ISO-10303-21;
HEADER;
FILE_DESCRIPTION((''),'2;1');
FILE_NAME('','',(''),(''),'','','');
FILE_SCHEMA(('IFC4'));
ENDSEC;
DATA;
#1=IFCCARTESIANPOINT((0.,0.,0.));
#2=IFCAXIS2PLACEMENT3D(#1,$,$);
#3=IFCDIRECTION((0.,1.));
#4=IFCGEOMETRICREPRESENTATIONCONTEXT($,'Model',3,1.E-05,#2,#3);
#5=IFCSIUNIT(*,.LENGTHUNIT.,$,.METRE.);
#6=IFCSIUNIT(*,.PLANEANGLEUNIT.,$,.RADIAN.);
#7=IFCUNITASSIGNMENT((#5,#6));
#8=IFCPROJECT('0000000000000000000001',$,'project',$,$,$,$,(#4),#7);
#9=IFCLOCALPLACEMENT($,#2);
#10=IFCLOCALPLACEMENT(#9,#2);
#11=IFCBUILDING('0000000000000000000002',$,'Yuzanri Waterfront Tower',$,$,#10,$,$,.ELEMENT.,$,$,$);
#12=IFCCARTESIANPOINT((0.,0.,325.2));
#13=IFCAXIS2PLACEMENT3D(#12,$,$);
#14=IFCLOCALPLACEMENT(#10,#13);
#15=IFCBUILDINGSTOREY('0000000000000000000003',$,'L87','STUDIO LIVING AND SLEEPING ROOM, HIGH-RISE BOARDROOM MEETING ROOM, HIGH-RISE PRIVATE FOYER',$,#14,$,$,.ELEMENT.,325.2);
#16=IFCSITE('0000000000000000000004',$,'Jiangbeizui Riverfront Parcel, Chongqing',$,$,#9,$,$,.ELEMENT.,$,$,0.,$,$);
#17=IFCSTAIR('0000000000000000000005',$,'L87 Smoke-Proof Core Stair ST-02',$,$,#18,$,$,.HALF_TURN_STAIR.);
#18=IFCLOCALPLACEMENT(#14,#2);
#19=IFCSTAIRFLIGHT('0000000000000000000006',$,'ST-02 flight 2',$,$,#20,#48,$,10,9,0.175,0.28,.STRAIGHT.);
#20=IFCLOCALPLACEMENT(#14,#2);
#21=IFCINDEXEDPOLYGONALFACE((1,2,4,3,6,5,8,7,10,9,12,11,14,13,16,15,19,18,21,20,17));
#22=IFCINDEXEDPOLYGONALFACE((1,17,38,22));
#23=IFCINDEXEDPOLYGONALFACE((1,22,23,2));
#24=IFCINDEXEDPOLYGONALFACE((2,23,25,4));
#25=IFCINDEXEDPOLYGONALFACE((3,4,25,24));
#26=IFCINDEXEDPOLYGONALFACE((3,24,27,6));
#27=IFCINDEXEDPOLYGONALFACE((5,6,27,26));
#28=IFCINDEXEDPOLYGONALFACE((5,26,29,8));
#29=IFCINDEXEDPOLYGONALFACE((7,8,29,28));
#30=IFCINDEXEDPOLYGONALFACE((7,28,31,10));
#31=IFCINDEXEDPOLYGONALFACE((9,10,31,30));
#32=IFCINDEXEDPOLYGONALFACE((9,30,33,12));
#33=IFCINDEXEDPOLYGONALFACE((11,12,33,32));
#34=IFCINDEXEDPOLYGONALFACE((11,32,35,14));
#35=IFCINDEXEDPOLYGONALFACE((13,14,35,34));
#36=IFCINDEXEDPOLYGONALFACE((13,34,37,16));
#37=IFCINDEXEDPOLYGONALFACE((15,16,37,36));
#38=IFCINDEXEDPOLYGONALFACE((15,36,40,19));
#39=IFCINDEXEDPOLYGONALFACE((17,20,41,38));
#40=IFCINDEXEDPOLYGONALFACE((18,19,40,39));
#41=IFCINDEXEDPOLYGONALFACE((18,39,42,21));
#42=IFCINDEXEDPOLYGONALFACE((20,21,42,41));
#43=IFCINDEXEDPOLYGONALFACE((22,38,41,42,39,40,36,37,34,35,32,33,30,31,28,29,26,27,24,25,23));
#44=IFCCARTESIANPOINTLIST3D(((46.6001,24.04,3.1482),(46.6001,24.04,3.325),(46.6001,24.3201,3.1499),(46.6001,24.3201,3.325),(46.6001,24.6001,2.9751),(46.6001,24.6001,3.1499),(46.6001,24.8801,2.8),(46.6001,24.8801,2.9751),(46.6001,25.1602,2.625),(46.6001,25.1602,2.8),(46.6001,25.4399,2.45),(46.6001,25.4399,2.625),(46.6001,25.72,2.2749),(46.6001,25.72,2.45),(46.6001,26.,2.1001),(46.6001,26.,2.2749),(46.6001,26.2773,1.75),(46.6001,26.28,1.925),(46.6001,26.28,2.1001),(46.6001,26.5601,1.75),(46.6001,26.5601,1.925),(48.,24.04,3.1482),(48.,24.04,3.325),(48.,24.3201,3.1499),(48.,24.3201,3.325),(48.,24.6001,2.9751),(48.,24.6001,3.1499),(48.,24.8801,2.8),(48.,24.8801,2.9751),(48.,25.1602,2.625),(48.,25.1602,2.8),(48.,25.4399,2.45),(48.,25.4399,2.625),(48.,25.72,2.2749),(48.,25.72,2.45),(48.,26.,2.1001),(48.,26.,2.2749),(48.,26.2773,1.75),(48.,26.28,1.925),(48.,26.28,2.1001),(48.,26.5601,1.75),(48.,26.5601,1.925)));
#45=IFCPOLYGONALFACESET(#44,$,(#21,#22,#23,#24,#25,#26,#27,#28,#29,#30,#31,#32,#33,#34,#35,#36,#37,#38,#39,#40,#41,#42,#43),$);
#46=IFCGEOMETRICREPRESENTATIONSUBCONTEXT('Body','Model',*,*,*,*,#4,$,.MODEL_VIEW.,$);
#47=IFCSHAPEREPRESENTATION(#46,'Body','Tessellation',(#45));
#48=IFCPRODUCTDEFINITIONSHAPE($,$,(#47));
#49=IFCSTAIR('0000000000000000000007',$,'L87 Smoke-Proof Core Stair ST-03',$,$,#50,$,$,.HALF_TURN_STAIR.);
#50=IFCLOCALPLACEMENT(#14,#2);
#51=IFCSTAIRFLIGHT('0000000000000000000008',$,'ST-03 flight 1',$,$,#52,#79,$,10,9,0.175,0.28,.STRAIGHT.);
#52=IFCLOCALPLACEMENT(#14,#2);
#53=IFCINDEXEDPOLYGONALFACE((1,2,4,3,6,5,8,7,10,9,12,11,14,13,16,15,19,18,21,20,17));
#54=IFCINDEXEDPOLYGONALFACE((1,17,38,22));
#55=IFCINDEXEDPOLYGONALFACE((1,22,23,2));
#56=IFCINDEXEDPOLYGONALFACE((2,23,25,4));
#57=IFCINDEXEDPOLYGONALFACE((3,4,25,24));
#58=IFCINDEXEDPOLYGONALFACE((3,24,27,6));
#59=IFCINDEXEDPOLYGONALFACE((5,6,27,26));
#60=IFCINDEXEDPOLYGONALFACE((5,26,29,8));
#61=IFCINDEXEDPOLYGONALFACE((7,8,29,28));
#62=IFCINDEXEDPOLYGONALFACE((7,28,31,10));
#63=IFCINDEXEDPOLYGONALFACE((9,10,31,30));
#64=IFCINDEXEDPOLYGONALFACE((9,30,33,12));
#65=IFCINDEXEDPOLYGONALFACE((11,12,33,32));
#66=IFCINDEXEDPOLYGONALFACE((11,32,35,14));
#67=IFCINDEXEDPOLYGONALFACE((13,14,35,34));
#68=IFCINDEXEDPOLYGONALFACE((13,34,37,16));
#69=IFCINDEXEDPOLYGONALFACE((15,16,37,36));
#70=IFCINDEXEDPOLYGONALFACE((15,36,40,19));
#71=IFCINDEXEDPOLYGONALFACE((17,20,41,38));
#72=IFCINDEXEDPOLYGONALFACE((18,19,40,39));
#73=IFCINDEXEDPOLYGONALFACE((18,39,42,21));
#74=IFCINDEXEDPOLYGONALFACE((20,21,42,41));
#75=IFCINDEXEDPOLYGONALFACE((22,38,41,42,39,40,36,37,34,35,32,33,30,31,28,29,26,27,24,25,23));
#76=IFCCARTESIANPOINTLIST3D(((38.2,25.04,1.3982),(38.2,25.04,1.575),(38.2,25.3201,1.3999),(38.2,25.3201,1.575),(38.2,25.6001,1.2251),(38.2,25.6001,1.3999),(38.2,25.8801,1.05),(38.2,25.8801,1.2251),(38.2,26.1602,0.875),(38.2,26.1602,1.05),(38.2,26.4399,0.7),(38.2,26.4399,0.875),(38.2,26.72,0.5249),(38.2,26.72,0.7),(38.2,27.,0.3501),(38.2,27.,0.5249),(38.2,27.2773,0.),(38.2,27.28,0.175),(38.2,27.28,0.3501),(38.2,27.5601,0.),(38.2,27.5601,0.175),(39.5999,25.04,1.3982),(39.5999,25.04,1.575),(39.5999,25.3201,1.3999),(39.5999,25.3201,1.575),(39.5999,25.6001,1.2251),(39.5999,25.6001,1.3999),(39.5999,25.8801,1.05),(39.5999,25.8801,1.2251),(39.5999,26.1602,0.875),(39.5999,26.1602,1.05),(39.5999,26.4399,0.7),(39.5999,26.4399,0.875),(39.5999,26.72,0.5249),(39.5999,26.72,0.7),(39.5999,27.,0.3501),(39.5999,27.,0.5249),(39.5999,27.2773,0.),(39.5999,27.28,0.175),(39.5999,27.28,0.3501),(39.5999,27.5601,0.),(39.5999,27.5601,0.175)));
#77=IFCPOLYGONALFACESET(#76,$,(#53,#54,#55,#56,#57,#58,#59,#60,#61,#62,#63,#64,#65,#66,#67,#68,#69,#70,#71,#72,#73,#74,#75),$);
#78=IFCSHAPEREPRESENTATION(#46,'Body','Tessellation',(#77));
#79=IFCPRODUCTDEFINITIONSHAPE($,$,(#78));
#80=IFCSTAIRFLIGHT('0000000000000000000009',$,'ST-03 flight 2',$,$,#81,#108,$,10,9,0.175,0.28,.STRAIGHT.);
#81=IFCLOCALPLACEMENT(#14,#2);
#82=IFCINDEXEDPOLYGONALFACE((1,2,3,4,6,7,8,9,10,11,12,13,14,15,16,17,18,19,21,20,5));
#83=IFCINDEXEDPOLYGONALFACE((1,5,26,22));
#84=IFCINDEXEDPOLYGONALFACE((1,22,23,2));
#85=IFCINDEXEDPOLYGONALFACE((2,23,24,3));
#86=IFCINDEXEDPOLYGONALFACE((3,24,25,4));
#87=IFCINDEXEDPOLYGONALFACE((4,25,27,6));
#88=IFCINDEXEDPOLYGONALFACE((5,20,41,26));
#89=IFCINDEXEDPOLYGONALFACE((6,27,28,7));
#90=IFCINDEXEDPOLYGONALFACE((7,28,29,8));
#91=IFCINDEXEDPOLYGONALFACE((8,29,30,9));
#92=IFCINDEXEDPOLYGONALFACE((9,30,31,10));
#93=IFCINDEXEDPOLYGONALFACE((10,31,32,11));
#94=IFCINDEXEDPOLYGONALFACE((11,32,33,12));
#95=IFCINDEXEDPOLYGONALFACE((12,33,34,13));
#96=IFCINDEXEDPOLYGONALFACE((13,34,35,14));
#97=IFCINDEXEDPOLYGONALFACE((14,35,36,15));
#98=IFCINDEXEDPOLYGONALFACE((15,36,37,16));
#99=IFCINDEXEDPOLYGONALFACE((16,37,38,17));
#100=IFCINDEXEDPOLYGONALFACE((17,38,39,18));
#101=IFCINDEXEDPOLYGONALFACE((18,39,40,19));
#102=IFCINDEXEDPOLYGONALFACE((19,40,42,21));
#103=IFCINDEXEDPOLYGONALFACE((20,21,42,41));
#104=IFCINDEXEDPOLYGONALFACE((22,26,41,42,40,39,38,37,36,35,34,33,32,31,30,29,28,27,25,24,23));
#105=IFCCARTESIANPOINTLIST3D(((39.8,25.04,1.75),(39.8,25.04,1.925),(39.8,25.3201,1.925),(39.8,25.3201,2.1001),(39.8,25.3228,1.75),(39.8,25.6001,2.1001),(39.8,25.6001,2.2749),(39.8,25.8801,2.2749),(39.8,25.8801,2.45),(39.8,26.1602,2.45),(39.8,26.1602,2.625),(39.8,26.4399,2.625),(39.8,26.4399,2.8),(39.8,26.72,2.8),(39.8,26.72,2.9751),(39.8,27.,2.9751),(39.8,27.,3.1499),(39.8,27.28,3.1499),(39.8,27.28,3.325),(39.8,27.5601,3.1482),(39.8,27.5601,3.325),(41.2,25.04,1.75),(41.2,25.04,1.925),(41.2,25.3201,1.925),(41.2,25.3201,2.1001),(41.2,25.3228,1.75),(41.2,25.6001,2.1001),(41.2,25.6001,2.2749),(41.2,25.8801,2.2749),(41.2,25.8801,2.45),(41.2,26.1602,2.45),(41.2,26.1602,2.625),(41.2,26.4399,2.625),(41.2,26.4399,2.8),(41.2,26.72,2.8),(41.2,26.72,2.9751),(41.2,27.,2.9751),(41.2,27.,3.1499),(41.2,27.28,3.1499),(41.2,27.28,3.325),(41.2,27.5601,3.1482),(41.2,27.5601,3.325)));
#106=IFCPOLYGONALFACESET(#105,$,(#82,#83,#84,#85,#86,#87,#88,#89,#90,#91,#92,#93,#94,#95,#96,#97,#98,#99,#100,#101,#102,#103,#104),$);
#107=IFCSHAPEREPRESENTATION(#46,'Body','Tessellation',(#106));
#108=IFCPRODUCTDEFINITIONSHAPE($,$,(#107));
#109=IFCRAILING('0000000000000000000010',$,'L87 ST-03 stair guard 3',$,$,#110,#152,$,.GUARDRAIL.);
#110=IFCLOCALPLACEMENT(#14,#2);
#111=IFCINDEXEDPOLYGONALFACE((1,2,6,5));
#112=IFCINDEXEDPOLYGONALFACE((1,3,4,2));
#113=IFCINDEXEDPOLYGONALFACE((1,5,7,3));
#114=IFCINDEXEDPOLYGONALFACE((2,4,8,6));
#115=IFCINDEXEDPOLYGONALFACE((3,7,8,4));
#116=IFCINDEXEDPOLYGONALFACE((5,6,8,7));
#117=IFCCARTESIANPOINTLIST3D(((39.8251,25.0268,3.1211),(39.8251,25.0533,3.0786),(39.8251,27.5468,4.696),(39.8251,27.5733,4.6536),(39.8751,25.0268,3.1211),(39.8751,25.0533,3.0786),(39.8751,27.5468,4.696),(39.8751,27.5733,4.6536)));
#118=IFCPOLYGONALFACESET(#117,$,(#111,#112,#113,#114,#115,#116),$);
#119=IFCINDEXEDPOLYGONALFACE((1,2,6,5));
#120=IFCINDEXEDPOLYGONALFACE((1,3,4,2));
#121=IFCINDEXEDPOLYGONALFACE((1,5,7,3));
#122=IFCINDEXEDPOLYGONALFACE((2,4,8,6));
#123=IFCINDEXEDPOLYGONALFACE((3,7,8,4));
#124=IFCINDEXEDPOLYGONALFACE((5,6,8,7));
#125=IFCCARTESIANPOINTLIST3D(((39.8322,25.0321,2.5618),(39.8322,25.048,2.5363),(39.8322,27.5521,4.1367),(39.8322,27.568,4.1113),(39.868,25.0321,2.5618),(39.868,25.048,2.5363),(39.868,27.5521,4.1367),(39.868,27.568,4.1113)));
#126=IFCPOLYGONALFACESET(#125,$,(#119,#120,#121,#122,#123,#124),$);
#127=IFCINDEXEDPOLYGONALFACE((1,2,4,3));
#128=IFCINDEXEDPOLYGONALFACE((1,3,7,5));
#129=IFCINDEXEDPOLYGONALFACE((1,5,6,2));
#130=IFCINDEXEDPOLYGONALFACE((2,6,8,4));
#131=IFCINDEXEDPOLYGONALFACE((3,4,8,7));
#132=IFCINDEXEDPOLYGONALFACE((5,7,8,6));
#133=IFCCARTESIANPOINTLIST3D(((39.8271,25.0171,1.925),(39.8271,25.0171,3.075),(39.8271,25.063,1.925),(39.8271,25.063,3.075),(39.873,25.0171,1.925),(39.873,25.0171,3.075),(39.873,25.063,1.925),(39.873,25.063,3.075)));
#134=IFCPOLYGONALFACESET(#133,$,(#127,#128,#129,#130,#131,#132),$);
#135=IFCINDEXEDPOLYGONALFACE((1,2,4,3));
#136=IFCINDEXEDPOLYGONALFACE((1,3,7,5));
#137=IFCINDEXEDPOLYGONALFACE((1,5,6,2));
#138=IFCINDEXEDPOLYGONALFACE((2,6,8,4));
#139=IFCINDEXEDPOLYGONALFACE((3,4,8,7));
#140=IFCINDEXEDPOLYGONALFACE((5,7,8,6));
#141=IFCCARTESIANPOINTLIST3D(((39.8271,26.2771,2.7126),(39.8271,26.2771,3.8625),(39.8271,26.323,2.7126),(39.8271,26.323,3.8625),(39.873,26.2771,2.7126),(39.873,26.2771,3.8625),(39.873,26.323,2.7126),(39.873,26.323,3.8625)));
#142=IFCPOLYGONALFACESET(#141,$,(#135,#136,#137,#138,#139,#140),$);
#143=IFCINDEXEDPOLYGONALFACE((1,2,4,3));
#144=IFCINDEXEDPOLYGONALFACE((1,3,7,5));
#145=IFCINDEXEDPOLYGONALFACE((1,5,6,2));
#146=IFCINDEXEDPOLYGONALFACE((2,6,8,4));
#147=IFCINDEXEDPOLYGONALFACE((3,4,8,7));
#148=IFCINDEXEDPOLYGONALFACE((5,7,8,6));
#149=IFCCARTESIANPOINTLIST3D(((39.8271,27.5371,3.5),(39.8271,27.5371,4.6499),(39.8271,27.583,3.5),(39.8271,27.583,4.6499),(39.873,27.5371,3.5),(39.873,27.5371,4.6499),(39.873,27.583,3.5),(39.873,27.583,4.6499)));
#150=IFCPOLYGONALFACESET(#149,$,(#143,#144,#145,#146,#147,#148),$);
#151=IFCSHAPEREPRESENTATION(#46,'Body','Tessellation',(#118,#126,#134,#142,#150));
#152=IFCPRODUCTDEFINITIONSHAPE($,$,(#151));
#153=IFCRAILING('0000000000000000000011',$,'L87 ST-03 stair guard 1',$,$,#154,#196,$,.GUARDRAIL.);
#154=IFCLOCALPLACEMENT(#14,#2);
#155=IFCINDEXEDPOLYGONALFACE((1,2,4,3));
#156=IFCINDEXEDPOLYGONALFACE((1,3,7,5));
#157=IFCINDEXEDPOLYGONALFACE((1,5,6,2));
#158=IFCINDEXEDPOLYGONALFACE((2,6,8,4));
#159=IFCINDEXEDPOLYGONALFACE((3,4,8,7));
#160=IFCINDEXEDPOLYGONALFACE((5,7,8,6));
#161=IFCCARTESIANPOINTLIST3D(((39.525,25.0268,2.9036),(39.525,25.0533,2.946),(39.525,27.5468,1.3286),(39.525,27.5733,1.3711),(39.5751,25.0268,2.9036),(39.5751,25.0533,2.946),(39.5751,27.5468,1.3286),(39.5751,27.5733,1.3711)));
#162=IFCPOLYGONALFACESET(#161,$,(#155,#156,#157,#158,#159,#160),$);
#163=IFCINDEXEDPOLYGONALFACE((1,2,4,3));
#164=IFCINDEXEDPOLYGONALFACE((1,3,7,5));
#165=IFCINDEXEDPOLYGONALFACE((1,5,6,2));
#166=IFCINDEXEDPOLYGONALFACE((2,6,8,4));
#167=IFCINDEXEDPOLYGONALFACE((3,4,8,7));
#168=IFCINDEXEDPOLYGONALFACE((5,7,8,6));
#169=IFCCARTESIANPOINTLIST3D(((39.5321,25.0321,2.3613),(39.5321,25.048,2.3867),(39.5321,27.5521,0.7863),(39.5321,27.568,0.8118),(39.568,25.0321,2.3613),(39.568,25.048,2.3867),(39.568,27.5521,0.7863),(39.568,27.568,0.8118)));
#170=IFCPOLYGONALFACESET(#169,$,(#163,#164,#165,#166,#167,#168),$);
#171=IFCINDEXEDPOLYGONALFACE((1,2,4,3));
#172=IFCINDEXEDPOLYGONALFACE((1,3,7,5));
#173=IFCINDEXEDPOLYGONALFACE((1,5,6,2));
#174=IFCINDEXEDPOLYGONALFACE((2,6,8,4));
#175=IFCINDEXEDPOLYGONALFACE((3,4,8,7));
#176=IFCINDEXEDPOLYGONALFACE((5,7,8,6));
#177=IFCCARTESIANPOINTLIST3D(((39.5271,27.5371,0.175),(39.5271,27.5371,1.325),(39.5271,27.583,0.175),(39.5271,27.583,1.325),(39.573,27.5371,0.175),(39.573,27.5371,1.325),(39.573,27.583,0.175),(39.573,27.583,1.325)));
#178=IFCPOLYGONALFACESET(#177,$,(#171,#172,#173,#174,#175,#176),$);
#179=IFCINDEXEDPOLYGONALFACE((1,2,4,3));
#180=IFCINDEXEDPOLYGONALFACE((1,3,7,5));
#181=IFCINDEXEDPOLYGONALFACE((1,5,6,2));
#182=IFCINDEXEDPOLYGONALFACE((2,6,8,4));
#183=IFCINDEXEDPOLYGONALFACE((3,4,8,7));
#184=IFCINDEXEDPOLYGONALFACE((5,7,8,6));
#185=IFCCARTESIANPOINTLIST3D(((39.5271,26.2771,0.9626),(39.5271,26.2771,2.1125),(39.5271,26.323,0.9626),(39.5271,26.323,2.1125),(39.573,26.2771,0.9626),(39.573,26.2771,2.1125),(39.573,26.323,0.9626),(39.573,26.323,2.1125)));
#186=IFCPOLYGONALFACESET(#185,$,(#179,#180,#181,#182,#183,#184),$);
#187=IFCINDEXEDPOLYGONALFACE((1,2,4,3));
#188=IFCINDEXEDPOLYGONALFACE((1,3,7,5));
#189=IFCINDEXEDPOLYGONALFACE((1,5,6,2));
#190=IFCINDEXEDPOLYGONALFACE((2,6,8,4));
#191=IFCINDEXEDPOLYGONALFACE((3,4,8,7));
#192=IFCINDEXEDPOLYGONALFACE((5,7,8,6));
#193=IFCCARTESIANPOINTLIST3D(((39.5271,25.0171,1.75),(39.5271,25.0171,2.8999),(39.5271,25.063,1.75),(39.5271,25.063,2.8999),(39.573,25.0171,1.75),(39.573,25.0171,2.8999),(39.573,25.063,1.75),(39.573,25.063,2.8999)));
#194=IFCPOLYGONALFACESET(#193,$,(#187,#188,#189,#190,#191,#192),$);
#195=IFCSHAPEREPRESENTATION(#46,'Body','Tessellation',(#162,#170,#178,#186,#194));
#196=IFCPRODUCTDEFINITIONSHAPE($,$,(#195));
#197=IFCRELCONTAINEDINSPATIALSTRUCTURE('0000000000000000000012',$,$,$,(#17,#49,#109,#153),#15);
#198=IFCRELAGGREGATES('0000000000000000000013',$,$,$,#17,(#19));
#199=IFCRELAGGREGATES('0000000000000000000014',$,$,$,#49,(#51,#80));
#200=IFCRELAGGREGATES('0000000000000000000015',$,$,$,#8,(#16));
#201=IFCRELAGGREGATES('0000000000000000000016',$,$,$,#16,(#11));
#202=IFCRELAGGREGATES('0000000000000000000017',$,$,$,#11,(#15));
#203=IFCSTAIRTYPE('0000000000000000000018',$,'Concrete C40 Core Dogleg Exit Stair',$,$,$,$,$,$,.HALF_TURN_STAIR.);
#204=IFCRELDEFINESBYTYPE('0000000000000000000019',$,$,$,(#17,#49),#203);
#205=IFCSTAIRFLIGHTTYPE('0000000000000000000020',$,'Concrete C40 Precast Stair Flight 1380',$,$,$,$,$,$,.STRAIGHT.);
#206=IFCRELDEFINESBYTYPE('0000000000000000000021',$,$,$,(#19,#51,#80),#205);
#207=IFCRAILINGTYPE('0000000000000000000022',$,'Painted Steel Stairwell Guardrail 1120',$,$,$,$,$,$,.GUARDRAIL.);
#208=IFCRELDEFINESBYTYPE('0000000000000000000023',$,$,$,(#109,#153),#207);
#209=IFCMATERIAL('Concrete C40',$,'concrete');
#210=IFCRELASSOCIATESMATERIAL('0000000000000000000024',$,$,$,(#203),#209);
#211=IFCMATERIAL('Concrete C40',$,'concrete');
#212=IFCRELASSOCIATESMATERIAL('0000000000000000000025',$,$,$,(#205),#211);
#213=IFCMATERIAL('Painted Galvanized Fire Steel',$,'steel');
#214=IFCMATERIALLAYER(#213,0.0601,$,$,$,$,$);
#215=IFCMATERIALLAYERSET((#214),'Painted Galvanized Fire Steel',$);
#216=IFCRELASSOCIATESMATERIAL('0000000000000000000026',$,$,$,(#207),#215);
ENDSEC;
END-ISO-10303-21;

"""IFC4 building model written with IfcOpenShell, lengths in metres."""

from ifc_helpers import new_model, si_unit, direction, frame, origin, origin_2d, place, context, subcontext, project, spatial, polyline, rectangle, outline, extrude, source, transform, mapped, material, layer, layer_set, type_object, element, aggregate, save


model = new_model("IFC4")

# Units and contexts
model_context = context("Model", 3, precision=1e-05, world=origin(), true_north=direction((0.0, 1.0)))
body_context = subcontext(model_context, "Body", "Model", "MODEL_VIEW")
ifc_project = project(units=[si_unit("LENGTHUNIT", "METRE"), si_unit("PLANEANGLEUNIT", "RADIAN")], contexts=[model_context])

# Site, building, storey
site_placement = place(None, origin())
site = spatial("IfcSite", under=ifc_project, at=site_placement, Name="Jiangbeizui Riverfront Parcel, Chongqing", CompositionType="ELEMENT", RefElevation=0.0)
building_placement = place(site_placement, origin())
building = spatial("IfcBuilding", under=site, at=building_placement, Name="Yuzanri Waterfront Tower", CompositionType="ELEMENT")
storey_placement = place(building_placement, frame((0.0, 0.0, 325.2)))
storey = spatial("IfcBuildingStorey", under=building, at=storey_placement, Name="L87", Description="STUDIO LIVING AND SLEEPING ROOM, HIGH-RISE BOARDROOM MEETING ROOM, HIGH-RISE PRIVATE FOYER", CompositionType="ELEMENT", Elevation=325.2)

# Stair, stair flight
ifc_material_1 = material(Name="Concrete C40", Category="concrete")
stair_type = type_object("IfcStairType", Name="Concrete C40 Core Dogleg Exit Stair", PredefinedType="HALF_TURN_STAIR", material=ifc_material_1)
stair_1_placement = place(storey_placement, origin())
stair_1 = element("IfcStair", 1, at=stair_1_placement, inside=storey, type_object=stair_type, Name="L87 Smoke-Proof Core Stair ST-02", PredefinedType="HALF_TURN_STAIR")
ifc_material_2 = material(Name="Concrete C40", Category="concrete")
stair_flight_type = type_object("IfcStairFlightType", Name="Concrete C40 Precast Stair Flight 1380", PredefinedType="STRAIGHT", material=ifc_material_2)
shared_shape_1 = source(origin(), body_context, "Body", "SweptSolid", [
    extrude(outline(polyline([(0.0, 0.0), (0.0, 0.175), (0.28, 0.175), (0.28, 0.3501), (0.5601, 0.3501), (0.5601, 0.5249), (0.8401, 0.5249), (0.8401, 0.7), (1.1201, 0.7), (1.1201, 0.875), (1.3999, 0.875), (1.3999, 1.05), (1.6799, 1.05), (1.6799, 1.2251), (1.96, 1.2251), (1.96, 1.3999), (2.24, 1.3999), (2.24, 1.575), (2.52, 1.575), (2.52, 1.75), (2.52, 1.3982), (0.2827, 0.0), (0.0, 0.0)])), frame((0.0, 0.7, 0.0), z_axis=(0.0, -1.0, 0.0), x_axis=(1.0, 0.0, 0.0)), (0.0, 0.0, 1.0), 1.3999),
])
stair_flight_1_placement = place(storey_placement, frame((47.3, 26.5601, 1.75), z_axis=(0.0, 0.0, 1.0), x_axis=(0.0, -1.0, 0.0)))
stair_flight_1 = element("IfcStairFlight", 2, at=stair_flight_1_placement, type_object=stair_flight_type, Name="ST-02 flight 2", NumberOfRisers=10, NumberOfTreads=9, PredefinedType="STRAIGHT", RiserHeight=0.175, TreadLength=0.28, context=body_context, shape_type="MappedRepresentation", body=[
    mapped(shared_shape_1, transform((0.0, 0.0, 0.0), scale=1.0)),
])
aggregate(stair_1, [stair_flight_1])

# Stair, stair flights
stair_2_placement = place(storey_placement, origin())
stair_2 = element("IfcStair", 3, at=stair_2_placement, inside=storey, type_object=stair_type, Name="L87 Smoke-Proof Core Stair ST-03", PredefinedType="HALF_TURN_STAIR")
stair_flight_2_placement = place(storey_placement, frame((38.8999, 27.5601, 0.0), z_axis=(0.0, 0.0, 1.0), x_axis=(0.0, -1.0, 0.0)))
stair_flight_2 = element("IfcStairFlight", 4, at=stair_flight_2_placement, type_object=stair_flight_type, Name="ST-03 flight 1", NumberOfRisers=10, NumberOfTreads=9, PredefinedType="STRAIGHT", RiserHeight=0.175, TreadLength=0.28, context=body_context, shape_type="MappedRepresentation", body=[
    mapped(shared_shape_1, transform((0.0, 0.0, 0.0), scale=1.0)),
])
stair_flight_3_placement = place(storey_placement, frame((40.5, 25.04, 1.75), z_axis=(0.0, 0.0, 1.0), x_axis=(0.0, 1.0, 0.0)))
stair_flight_3 = element("IfcStairFlight", 5, at=stair_flight_3_placement, type_object=stair_flight_type, Name="ST-03 flight 2", NumberOfRisers=10, NumberOfTreads=9, PredefinedType="STRAIGHT", RiserHeight=0.175, TreadLength=0.28, context=body_context, shape_type="MappedRepresentation", body=[
    mapped(shared_shape_1, transform((0.0, 0.0, 0.0), scale=1.0)),
])
aggregate(stair_2, [stair_flight_2, stair_flight_3])

# Railings
ifc_material_3 = material(Name="Painted Galvanized Fire Steel", Category="steel")
ifc_layer_1 = layer(ifc_material_3, 0.0601)
ifc_layer_set_1 = layer_set([ifc_layer_1], Name="Painted Galvanized Fire Steel")
railing_type_1 = type_object("IfcRailingType", Name="Painted Steel Stairwell Guardrail 1120", PredefinedType="GUARDRAIL", material=ifc_layer_set_1)
shared_shape_2 = source(origin(), body_context, "Body", "SweptSolid", [
    extrude(rectangle(XDim=0.05, YDim=0.05, at=origin_2d()), frame((0.0, 0.0, 1.1748), z_axis=(0.0, 0.848008, 0.529984), x_axis=(-1.0, 0.0, 0.0)), (0.0, 0.0, 1.0), 2.9717),
    extrude(rectangle(XDim=0.0359, YDim=0.03, at=origin_2d()), frame((0.0, 0.0, 0.624), z_axis=(0.0, 0.848008, 0.529984), x_axis=(-1.0, 0.0, 0.0)), (0.0, 0.0, 1.0), 2.9717),
    extrude(rectangle(XDim=0.0459, YDim=0.0459, at=origin_2d()), origin(), (0.0, 0.0, 1.0), 1.1499),
    extrude(rectangle(XDim=0.0459, YDim=0.0459, at=origin_2d()), frame((0.0, 1.26, 0.7876)), (0.0, 0.0, 1.0), 1.1499),
    extrude(rectangle(XDim=0.0459, YDim=0.0459, at=origin_2d()), frame((0.0, 2.52, 1.575)), (0.0, 0.0, 1.0), 1.1499),
])
railing_1_placement = place(storey_placement, frame((39.8501, 25.04, 1.925)))
element("IfcRailing", 6, at=railing_1_placement, inside=storey, type_object=railing_type_1, Name="L87 ST-03 stair guard 3", PredefinedType="GUARDRAIL", context=body_context, shape_type="MappedRepresentation", body=[
    mapped(shared_shape_2, transform((0.0, 0.0, 0.0), scale=1.0)),
])
shared_shape_3 = source(origin(), body_context, "Body", "SweptSolid", [
    extrude(rectangle(XDim=0.05, YDim=0.05, at=origin_2d()), frame((0.0, 0.0, 1.1748), z_axis=(0.0, -0.848008, 0.529984), x_axis=(1.0, 0.0, 0.0)), (0.0, 0.0, 1.0), 2.9717),
    extrude(rectangle(XDim=0.0359, YDim=0.03, at=origin_2d()), frame((0.0, 0.0, 0.624), z_axis=(0.0, -0.848008, 0.529984), x_axis=(1.0, 0.0, 0.0)), (0.0, 0.0, 1.0), 2.9717),
    extrude(rectangle(XDim=0.0459, YDim=0.0459, at=origin_2d()), origin(), (0.0, 0.0, 1.0), 1.1499),
    extrude(rectangle(XDim=0.0459, YDim=0.0459, at=origin_2d()), frame((0.0, -1.26, 0.7876)), (0.0, 0.0, 1.0), 1.1499),
    extrude(rectangle(XDim=0.0459, YDim=0.0459, at=origin_2d()), frame((0.0, -2.52, 1.575)), (0.0, 0.0, 1.0), 1.1499),
])
railing_2_placement = place(storey_placement, frame((39.55, 27.5601, 0.175)))
element("IfcRailing", 7, at=railing_2_placement, inside=storey, type_object=railing_type_1, Name="L87 ST-03 stair guard 1", PredefinedType="GUARDRAIL", context=body_context, shape_type="MappedRepresentation", body=[
    mapped(shared_shape_3, transform((0.0, 0.0, 0.0), scale=1.0)),
])

save(model, "model.ifc")
